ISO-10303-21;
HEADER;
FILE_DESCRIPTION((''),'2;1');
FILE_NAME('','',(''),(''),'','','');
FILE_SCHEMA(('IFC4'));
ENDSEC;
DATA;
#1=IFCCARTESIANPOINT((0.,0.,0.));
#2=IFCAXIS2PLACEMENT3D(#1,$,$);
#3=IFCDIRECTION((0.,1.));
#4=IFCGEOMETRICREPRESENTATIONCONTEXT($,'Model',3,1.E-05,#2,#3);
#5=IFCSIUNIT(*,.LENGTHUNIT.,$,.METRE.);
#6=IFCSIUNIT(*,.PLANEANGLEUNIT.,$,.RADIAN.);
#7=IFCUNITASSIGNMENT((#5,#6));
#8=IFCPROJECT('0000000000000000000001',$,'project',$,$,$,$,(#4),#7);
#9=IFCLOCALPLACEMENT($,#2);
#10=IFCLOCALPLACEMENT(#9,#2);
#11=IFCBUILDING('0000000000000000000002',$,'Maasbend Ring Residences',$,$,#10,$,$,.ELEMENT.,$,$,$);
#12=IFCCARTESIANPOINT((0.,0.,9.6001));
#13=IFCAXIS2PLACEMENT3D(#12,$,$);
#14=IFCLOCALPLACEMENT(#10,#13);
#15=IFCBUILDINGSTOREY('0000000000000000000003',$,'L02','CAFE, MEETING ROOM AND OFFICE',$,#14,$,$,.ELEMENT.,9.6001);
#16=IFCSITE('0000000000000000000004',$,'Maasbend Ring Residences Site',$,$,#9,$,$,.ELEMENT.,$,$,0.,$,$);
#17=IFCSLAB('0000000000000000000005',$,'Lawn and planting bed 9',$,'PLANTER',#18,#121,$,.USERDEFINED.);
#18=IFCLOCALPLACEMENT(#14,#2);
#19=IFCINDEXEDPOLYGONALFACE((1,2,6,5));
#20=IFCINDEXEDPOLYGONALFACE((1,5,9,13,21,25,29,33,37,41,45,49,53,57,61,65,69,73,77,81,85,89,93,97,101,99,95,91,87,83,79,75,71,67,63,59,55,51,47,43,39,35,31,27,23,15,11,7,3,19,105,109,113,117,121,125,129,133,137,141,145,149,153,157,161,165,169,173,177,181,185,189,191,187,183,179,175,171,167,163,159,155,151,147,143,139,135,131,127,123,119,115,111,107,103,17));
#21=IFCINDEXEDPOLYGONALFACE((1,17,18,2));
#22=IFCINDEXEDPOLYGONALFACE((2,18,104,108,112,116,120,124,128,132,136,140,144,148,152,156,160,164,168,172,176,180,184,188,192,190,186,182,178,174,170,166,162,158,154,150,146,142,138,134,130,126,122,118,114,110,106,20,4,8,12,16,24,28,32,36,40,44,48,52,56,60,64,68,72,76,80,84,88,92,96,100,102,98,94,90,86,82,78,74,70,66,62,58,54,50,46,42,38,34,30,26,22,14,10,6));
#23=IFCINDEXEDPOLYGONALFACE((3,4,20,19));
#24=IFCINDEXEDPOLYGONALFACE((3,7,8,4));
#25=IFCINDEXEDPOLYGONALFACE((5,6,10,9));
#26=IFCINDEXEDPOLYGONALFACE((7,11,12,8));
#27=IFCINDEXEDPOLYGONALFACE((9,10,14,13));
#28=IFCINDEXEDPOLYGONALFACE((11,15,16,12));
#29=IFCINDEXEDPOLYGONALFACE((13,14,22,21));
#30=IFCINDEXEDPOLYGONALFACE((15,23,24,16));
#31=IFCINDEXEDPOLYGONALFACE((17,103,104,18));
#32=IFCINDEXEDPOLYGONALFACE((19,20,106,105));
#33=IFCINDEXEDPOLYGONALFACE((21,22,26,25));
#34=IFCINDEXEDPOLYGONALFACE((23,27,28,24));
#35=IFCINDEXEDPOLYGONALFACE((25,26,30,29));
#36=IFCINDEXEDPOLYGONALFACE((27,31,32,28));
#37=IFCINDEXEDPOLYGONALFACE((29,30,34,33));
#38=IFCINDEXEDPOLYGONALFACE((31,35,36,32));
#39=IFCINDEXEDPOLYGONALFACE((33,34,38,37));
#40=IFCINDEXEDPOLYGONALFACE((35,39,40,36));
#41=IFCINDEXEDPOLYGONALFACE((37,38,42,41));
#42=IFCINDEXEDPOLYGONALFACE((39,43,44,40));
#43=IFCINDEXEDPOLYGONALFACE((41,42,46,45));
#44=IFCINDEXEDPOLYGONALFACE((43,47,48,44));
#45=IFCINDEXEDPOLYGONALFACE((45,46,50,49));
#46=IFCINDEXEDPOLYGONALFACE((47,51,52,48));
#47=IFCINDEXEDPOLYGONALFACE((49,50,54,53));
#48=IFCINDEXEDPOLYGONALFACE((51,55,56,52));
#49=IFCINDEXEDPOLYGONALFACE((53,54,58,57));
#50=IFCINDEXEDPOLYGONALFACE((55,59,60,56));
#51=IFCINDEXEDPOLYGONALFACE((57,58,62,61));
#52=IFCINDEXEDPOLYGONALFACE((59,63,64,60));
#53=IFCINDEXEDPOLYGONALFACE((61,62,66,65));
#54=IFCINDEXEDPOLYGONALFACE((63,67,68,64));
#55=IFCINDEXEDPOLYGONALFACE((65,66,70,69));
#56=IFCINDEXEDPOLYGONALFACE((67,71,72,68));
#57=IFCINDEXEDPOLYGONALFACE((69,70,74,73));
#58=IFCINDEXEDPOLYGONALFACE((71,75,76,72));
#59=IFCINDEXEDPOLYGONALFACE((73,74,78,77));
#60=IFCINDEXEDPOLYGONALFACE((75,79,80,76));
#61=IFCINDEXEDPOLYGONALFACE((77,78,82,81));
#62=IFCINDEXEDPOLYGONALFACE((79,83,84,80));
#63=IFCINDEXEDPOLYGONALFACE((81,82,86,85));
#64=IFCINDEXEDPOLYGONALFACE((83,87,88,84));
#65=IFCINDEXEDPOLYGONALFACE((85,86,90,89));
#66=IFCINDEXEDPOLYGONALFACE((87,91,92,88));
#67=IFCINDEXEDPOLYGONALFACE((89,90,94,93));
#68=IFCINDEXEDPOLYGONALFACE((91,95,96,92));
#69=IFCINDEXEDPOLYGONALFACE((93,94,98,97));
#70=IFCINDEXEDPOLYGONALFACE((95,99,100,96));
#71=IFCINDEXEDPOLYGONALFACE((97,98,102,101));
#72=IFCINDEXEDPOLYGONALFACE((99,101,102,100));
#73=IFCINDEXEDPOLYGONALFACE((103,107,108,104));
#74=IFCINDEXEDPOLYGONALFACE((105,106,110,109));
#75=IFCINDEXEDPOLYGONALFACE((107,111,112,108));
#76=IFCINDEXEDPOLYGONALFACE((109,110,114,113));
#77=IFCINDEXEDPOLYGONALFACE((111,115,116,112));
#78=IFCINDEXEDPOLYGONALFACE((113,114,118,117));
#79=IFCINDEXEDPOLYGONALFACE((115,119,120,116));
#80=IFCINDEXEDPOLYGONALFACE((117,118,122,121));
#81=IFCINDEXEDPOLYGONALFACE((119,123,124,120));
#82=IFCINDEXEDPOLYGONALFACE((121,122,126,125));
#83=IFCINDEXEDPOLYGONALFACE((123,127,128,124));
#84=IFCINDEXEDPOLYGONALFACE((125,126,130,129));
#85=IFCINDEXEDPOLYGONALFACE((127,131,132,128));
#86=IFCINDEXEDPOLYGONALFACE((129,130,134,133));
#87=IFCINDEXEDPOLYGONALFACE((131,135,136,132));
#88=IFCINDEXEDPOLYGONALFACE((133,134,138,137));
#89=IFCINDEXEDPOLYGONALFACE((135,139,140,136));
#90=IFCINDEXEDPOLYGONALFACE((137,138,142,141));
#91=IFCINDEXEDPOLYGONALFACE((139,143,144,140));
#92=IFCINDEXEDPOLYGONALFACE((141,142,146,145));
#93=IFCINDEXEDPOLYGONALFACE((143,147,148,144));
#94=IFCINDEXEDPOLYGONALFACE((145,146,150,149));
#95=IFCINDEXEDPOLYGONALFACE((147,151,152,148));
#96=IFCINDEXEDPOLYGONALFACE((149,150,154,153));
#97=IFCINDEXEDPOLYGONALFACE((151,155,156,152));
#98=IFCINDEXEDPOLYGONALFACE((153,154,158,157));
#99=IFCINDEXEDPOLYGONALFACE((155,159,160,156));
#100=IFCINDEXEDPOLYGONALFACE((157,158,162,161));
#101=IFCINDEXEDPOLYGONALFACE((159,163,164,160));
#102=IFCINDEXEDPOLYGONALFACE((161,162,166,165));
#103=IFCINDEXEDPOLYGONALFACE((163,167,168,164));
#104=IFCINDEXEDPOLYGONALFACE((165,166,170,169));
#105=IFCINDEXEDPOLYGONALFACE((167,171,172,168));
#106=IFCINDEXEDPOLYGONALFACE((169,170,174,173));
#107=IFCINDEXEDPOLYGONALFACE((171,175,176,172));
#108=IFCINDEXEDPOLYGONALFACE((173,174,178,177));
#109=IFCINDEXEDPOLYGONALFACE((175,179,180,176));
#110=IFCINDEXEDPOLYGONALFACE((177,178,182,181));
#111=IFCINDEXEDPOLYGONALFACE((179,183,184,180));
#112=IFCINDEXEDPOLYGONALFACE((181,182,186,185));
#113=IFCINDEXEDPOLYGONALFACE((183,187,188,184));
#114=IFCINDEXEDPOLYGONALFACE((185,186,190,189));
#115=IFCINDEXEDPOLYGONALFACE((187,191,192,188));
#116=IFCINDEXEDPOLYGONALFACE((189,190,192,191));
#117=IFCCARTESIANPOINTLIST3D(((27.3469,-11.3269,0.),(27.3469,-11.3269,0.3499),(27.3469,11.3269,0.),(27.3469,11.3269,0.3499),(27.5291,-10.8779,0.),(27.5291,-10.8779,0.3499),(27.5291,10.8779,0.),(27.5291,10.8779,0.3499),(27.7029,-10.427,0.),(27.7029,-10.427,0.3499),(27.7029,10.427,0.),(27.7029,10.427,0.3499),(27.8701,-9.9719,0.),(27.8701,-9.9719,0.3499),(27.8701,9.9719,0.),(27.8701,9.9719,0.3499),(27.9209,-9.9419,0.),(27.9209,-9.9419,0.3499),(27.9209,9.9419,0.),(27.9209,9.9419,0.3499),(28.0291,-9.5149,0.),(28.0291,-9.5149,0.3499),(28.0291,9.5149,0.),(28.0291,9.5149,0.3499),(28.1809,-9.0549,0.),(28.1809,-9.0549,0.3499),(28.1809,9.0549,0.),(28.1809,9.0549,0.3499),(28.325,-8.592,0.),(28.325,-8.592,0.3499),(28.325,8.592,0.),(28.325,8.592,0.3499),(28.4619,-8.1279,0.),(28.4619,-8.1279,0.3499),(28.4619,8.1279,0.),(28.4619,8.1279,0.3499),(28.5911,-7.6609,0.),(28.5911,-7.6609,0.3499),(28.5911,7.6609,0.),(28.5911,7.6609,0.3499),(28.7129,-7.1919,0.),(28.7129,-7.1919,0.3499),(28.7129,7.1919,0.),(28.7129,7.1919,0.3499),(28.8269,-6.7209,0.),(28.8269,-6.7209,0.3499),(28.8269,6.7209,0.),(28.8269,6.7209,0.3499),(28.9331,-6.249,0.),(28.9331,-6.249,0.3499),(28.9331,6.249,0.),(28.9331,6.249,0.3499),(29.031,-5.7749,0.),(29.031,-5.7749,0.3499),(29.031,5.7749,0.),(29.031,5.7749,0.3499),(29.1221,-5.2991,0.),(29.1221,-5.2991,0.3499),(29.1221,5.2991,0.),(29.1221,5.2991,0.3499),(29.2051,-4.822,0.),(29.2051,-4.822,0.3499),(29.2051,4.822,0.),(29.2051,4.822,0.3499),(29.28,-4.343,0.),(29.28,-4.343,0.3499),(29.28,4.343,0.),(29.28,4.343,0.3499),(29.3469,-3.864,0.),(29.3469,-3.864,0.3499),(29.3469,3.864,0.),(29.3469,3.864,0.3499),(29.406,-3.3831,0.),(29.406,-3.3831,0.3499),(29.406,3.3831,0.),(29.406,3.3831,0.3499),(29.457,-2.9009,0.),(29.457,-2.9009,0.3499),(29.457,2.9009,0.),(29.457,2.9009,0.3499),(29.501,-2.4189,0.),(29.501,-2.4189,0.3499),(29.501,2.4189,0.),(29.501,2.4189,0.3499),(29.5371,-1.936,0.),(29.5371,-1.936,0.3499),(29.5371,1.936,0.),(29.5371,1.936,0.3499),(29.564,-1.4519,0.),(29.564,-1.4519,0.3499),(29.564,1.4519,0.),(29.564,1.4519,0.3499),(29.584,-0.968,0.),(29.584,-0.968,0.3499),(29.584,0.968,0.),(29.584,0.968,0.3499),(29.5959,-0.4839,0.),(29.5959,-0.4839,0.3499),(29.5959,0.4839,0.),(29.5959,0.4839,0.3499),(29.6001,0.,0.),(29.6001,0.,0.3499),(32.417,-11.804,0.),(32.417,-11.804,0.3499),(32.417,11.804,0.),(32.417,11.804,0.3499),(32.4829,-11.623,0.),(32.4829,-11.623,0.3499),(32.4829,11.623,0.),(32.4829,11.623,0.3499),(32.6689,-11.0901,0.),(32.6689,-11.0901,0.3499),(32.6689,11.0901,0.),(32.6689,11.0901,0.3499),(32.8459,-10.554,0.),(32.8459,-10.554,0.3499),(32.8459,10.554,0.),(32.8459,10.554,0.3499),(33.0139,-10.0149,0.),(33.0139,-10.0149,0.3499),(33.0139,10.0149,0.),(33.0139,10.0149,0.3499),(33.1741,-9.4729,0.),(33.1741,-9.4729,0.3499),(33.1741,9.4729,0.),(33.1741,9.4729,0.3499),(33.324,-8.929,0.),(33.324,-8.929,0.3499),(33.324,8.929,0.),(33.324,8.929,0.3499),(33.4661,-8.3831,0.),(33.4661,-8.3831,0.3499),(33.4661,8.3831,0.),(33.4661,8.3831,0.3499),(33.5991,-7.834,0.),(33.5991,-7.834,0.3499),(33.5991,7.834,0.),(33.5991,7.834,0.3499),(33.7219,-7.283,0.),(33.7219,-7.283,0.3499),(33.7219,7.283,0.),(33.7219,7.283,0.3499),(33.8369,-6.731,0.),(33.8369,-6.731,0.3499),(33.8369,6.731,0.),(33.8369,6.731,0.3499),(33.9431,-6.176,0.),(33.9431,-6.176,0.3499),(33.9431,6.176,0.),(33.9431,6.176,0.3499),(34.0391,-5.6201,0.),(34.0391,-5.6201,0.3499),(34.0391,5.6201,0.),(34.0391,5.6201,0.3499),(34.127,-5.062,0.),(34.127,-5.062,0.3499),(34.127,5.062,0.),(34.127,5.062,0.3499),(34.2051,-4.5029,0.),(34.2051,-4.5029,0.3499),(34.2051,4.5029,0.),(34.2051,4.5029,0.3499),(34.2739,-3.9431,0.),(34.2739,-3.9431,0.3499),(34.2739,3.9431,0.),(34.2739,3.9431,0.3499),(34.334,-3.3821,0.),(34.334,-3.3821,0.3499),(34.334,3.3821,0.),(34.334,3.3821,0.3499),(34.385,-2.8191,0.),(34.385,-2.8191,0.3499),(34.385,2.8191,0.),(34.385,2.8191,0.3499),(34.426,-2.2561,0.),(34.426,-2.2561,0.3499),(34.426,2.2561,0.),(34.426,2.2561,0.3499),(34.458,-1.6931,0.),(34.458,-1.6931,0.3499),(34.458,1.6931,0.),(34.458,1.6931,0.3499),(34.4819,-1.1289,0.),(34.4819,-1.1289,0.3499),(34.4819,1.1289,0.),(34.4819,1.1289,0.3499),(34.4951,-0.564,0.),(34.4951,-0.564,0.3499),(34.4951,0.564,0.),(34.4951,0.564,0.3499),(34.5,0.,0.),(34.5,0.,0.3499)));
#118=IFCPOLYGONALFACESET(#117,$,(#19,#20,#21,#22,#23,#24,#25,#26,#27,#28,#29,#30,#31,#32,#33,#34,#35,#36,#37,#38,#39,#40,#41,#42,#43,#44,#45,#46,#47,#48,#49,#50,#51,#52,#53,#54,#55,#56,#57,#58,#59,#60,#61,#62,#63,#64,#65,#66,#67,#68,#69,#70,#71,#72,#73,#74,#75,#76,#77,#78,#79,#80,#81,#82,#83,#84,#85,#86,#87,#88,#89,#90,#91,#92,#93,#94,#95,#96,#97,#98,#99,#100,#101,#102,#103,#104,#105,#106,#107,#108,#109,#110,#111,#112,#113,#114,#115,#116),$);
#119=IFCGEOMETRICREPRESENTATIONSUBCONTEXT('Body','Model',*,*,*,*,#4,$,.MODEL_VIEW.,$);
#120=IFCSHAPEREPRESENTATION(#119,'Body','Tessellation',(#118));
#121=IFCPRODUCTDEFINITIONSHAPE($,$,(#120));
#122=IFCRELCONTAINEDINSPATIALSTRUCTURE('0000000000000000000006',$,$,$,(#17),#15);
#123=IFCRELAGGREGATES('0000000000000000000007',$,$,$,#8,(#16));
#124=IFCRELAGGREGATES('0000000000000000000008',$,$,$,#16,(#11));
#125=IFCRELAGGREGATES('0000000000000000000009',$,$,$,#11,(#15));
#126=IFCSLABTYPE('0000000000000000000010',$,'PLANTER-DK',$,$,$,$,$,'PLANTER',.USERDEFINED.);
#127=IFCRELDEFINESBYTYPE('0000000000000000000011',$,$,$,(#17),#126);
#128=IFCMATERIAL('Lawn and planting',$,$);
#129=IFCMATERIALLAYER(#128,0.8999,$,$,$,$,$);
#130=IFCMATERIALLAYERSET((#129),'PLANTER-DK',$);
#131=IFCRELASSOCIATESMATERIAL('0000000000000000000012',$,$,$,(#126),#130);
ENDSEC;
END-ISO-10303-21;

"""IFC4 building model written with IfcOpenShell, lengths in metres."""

from ifc_helpers import new_model, si_unit, direction, frame, origin, place, context, subcontext, project, spatial, polyline, outline, extrude, material, layer, layer_set, type_object, element, save


model = new_model("IFC4")

# Units and contexts
model_context = context("Model", 3, precision=1e-05, world=origin(), true_north=direction((0.0, 1.0)))
body_context = subcontext(model_context, "Body", "Model", "MODEL_VIEW")
ifc_project = project(units=[si_unit("LENGTHUNIT", "METRE"), si_unit("PLANEANGLEUNIT", "RADIAN")], contexts=[model_context])

# Site, building, storey
site_placement = place(None, origin())
site = spatial("IfcSite", under=ifc_project, at=site_placement, Name="Maasbend Ring Residences Site", CompositionType="ELEMENT", RefElevation=0.0)
building_placement = place(site_placement, origin())
building = spatial("IfcBuilding", under=site, at=building_placement, Name="Maasbend Ring Residences", CompositionType="ELEMENT")
storey_placement = place(building_placement, frame((0.0, 0.0, 9.6001)))
storey = spatial("IfcBuildingStorey", under=building, at=storey_placement, Name="L02", Description="CAFE, MEETING ROOM AND OFFICE", CompositionType="ELEMENT", Elevation=9.6001)

# Slab
ifc_material = material(Name="Lawn and planting")
ifc_layer = layer(ifc_material, 0.8999)
ifc_layer_set = layer_set([ifc_layer], Name="PLANTER-DK")
slab_type = type_object("IfcSlabType", Name="PLANTER-DK", ElementType="PLANTER", PredefinedType="USERDEFINED", material=ifc_layer_set)
slab_1_placement = place(storey_placement, origin())
element("IfcSlab", 1, at=slab_1_placement, inside=storey, type_object=slab_type, Name="Lawn and planting bed 9", ObjectType="PLANTER", PredefinedType="USERDEFINED", context=body_context, shape_type="SweptSolid", body=[
    extrude(outline(polyline([(29.5371, 1.936), (29.501, 2.4189), (29.457, 2.9009), (29.406, 3.3831), (29.3469, 3.864), (29.28, 4.343), (29.2051, 4.822), (29.1221, 5.2991), (29.031, 5.7749), (28.9331, 6.249), (28.8269, 6.7209), (28.7129, 7.1919), (28.5911, 7.6609), (28.4619, 8.1279), (28.325, 8.592), (28.1809, 9.0549), (28.0291, 9.5149), (27.8701, 9.9719), (27.7029, 10.427), (27.5291, 10.8779), (27.3469, 11.3269), (27.9209, 9.9419), (32.417, 11.804), (32.4829, 11.623), (32.6689, 11.0901), (32.8459, 10.554), (33.0139, 10.0149), (33.1741, 9.4729), (33.324, 8.929), (33.4661, 8.3831), (33.5991, 7.834), (33.7219, 7.283), (33.8369, 6.731), (33.9431, 6.176), (34.0391, 5.6201), (34.127, 5.062), (34.2051, 4.5029), (34.2739, 3.9431), (34.334, 3.3821), (34.385, 2.8191), (34.426, 2.2561), (34.458, 1.6931), (34.4819, 1.1289), (34.4951, 0.564), (34.5, 0.0), (34.4951, -0.564), (34.4819, -1.1289), (34.458, -1.6931), (34.426, -2.2561), (34.385, -2.8191), (34.334, -3.3821), (34.2739, -3.9431), (34.2051, -4.5029), (34.127, -5.062), (34.0391, -5.6201), (33.9431, -6.176), (33.8369, -6.731), (33.7219, -7.283), (33.5991, -7.834), (33.4661, -8.3831), (33.324, -8.929), (33.1741, -9.4729), (33.0139, -10.0149), (32.8459, -10.554), (32.6689, -11.0901), (32.4829, -11.623), (32.417, -11.804), (27.9209, -9.9419), (27.3469, -11.3269), (27.5291, -10.8779), (27.7029, -10.427), (27.8701, -9.9719), (28.0291, -9.5149), (28.1809, -9.0549), (28.325, -8.592), (28.4619, -8.1279), (28.5911, -7.6609), (28.7129, -7.1919), (28.8269, -6.7209), (28.9331, -6.249), (29.031, -5.7749), (29.1221, -5.2991), (29.2051, -4.822), (29.28, -4.343), (29.3469, -3.864), (29.406, -3.3831), (29.457, -2.9009), (29.501, -2.4189), (29.5371, -1.936), (29.564, -1.4519), (29.584, -0.968), (29.5959, -0.4839), (29.6001, 0.0), (29.5959, 0.4839), (29.584, 0.968), (29.564, 1.4519), (29.5371, 1.936)])), origin(), (0.0, 0.0, 1.0), 0.3499),
])

save(model, "model.ifc")
